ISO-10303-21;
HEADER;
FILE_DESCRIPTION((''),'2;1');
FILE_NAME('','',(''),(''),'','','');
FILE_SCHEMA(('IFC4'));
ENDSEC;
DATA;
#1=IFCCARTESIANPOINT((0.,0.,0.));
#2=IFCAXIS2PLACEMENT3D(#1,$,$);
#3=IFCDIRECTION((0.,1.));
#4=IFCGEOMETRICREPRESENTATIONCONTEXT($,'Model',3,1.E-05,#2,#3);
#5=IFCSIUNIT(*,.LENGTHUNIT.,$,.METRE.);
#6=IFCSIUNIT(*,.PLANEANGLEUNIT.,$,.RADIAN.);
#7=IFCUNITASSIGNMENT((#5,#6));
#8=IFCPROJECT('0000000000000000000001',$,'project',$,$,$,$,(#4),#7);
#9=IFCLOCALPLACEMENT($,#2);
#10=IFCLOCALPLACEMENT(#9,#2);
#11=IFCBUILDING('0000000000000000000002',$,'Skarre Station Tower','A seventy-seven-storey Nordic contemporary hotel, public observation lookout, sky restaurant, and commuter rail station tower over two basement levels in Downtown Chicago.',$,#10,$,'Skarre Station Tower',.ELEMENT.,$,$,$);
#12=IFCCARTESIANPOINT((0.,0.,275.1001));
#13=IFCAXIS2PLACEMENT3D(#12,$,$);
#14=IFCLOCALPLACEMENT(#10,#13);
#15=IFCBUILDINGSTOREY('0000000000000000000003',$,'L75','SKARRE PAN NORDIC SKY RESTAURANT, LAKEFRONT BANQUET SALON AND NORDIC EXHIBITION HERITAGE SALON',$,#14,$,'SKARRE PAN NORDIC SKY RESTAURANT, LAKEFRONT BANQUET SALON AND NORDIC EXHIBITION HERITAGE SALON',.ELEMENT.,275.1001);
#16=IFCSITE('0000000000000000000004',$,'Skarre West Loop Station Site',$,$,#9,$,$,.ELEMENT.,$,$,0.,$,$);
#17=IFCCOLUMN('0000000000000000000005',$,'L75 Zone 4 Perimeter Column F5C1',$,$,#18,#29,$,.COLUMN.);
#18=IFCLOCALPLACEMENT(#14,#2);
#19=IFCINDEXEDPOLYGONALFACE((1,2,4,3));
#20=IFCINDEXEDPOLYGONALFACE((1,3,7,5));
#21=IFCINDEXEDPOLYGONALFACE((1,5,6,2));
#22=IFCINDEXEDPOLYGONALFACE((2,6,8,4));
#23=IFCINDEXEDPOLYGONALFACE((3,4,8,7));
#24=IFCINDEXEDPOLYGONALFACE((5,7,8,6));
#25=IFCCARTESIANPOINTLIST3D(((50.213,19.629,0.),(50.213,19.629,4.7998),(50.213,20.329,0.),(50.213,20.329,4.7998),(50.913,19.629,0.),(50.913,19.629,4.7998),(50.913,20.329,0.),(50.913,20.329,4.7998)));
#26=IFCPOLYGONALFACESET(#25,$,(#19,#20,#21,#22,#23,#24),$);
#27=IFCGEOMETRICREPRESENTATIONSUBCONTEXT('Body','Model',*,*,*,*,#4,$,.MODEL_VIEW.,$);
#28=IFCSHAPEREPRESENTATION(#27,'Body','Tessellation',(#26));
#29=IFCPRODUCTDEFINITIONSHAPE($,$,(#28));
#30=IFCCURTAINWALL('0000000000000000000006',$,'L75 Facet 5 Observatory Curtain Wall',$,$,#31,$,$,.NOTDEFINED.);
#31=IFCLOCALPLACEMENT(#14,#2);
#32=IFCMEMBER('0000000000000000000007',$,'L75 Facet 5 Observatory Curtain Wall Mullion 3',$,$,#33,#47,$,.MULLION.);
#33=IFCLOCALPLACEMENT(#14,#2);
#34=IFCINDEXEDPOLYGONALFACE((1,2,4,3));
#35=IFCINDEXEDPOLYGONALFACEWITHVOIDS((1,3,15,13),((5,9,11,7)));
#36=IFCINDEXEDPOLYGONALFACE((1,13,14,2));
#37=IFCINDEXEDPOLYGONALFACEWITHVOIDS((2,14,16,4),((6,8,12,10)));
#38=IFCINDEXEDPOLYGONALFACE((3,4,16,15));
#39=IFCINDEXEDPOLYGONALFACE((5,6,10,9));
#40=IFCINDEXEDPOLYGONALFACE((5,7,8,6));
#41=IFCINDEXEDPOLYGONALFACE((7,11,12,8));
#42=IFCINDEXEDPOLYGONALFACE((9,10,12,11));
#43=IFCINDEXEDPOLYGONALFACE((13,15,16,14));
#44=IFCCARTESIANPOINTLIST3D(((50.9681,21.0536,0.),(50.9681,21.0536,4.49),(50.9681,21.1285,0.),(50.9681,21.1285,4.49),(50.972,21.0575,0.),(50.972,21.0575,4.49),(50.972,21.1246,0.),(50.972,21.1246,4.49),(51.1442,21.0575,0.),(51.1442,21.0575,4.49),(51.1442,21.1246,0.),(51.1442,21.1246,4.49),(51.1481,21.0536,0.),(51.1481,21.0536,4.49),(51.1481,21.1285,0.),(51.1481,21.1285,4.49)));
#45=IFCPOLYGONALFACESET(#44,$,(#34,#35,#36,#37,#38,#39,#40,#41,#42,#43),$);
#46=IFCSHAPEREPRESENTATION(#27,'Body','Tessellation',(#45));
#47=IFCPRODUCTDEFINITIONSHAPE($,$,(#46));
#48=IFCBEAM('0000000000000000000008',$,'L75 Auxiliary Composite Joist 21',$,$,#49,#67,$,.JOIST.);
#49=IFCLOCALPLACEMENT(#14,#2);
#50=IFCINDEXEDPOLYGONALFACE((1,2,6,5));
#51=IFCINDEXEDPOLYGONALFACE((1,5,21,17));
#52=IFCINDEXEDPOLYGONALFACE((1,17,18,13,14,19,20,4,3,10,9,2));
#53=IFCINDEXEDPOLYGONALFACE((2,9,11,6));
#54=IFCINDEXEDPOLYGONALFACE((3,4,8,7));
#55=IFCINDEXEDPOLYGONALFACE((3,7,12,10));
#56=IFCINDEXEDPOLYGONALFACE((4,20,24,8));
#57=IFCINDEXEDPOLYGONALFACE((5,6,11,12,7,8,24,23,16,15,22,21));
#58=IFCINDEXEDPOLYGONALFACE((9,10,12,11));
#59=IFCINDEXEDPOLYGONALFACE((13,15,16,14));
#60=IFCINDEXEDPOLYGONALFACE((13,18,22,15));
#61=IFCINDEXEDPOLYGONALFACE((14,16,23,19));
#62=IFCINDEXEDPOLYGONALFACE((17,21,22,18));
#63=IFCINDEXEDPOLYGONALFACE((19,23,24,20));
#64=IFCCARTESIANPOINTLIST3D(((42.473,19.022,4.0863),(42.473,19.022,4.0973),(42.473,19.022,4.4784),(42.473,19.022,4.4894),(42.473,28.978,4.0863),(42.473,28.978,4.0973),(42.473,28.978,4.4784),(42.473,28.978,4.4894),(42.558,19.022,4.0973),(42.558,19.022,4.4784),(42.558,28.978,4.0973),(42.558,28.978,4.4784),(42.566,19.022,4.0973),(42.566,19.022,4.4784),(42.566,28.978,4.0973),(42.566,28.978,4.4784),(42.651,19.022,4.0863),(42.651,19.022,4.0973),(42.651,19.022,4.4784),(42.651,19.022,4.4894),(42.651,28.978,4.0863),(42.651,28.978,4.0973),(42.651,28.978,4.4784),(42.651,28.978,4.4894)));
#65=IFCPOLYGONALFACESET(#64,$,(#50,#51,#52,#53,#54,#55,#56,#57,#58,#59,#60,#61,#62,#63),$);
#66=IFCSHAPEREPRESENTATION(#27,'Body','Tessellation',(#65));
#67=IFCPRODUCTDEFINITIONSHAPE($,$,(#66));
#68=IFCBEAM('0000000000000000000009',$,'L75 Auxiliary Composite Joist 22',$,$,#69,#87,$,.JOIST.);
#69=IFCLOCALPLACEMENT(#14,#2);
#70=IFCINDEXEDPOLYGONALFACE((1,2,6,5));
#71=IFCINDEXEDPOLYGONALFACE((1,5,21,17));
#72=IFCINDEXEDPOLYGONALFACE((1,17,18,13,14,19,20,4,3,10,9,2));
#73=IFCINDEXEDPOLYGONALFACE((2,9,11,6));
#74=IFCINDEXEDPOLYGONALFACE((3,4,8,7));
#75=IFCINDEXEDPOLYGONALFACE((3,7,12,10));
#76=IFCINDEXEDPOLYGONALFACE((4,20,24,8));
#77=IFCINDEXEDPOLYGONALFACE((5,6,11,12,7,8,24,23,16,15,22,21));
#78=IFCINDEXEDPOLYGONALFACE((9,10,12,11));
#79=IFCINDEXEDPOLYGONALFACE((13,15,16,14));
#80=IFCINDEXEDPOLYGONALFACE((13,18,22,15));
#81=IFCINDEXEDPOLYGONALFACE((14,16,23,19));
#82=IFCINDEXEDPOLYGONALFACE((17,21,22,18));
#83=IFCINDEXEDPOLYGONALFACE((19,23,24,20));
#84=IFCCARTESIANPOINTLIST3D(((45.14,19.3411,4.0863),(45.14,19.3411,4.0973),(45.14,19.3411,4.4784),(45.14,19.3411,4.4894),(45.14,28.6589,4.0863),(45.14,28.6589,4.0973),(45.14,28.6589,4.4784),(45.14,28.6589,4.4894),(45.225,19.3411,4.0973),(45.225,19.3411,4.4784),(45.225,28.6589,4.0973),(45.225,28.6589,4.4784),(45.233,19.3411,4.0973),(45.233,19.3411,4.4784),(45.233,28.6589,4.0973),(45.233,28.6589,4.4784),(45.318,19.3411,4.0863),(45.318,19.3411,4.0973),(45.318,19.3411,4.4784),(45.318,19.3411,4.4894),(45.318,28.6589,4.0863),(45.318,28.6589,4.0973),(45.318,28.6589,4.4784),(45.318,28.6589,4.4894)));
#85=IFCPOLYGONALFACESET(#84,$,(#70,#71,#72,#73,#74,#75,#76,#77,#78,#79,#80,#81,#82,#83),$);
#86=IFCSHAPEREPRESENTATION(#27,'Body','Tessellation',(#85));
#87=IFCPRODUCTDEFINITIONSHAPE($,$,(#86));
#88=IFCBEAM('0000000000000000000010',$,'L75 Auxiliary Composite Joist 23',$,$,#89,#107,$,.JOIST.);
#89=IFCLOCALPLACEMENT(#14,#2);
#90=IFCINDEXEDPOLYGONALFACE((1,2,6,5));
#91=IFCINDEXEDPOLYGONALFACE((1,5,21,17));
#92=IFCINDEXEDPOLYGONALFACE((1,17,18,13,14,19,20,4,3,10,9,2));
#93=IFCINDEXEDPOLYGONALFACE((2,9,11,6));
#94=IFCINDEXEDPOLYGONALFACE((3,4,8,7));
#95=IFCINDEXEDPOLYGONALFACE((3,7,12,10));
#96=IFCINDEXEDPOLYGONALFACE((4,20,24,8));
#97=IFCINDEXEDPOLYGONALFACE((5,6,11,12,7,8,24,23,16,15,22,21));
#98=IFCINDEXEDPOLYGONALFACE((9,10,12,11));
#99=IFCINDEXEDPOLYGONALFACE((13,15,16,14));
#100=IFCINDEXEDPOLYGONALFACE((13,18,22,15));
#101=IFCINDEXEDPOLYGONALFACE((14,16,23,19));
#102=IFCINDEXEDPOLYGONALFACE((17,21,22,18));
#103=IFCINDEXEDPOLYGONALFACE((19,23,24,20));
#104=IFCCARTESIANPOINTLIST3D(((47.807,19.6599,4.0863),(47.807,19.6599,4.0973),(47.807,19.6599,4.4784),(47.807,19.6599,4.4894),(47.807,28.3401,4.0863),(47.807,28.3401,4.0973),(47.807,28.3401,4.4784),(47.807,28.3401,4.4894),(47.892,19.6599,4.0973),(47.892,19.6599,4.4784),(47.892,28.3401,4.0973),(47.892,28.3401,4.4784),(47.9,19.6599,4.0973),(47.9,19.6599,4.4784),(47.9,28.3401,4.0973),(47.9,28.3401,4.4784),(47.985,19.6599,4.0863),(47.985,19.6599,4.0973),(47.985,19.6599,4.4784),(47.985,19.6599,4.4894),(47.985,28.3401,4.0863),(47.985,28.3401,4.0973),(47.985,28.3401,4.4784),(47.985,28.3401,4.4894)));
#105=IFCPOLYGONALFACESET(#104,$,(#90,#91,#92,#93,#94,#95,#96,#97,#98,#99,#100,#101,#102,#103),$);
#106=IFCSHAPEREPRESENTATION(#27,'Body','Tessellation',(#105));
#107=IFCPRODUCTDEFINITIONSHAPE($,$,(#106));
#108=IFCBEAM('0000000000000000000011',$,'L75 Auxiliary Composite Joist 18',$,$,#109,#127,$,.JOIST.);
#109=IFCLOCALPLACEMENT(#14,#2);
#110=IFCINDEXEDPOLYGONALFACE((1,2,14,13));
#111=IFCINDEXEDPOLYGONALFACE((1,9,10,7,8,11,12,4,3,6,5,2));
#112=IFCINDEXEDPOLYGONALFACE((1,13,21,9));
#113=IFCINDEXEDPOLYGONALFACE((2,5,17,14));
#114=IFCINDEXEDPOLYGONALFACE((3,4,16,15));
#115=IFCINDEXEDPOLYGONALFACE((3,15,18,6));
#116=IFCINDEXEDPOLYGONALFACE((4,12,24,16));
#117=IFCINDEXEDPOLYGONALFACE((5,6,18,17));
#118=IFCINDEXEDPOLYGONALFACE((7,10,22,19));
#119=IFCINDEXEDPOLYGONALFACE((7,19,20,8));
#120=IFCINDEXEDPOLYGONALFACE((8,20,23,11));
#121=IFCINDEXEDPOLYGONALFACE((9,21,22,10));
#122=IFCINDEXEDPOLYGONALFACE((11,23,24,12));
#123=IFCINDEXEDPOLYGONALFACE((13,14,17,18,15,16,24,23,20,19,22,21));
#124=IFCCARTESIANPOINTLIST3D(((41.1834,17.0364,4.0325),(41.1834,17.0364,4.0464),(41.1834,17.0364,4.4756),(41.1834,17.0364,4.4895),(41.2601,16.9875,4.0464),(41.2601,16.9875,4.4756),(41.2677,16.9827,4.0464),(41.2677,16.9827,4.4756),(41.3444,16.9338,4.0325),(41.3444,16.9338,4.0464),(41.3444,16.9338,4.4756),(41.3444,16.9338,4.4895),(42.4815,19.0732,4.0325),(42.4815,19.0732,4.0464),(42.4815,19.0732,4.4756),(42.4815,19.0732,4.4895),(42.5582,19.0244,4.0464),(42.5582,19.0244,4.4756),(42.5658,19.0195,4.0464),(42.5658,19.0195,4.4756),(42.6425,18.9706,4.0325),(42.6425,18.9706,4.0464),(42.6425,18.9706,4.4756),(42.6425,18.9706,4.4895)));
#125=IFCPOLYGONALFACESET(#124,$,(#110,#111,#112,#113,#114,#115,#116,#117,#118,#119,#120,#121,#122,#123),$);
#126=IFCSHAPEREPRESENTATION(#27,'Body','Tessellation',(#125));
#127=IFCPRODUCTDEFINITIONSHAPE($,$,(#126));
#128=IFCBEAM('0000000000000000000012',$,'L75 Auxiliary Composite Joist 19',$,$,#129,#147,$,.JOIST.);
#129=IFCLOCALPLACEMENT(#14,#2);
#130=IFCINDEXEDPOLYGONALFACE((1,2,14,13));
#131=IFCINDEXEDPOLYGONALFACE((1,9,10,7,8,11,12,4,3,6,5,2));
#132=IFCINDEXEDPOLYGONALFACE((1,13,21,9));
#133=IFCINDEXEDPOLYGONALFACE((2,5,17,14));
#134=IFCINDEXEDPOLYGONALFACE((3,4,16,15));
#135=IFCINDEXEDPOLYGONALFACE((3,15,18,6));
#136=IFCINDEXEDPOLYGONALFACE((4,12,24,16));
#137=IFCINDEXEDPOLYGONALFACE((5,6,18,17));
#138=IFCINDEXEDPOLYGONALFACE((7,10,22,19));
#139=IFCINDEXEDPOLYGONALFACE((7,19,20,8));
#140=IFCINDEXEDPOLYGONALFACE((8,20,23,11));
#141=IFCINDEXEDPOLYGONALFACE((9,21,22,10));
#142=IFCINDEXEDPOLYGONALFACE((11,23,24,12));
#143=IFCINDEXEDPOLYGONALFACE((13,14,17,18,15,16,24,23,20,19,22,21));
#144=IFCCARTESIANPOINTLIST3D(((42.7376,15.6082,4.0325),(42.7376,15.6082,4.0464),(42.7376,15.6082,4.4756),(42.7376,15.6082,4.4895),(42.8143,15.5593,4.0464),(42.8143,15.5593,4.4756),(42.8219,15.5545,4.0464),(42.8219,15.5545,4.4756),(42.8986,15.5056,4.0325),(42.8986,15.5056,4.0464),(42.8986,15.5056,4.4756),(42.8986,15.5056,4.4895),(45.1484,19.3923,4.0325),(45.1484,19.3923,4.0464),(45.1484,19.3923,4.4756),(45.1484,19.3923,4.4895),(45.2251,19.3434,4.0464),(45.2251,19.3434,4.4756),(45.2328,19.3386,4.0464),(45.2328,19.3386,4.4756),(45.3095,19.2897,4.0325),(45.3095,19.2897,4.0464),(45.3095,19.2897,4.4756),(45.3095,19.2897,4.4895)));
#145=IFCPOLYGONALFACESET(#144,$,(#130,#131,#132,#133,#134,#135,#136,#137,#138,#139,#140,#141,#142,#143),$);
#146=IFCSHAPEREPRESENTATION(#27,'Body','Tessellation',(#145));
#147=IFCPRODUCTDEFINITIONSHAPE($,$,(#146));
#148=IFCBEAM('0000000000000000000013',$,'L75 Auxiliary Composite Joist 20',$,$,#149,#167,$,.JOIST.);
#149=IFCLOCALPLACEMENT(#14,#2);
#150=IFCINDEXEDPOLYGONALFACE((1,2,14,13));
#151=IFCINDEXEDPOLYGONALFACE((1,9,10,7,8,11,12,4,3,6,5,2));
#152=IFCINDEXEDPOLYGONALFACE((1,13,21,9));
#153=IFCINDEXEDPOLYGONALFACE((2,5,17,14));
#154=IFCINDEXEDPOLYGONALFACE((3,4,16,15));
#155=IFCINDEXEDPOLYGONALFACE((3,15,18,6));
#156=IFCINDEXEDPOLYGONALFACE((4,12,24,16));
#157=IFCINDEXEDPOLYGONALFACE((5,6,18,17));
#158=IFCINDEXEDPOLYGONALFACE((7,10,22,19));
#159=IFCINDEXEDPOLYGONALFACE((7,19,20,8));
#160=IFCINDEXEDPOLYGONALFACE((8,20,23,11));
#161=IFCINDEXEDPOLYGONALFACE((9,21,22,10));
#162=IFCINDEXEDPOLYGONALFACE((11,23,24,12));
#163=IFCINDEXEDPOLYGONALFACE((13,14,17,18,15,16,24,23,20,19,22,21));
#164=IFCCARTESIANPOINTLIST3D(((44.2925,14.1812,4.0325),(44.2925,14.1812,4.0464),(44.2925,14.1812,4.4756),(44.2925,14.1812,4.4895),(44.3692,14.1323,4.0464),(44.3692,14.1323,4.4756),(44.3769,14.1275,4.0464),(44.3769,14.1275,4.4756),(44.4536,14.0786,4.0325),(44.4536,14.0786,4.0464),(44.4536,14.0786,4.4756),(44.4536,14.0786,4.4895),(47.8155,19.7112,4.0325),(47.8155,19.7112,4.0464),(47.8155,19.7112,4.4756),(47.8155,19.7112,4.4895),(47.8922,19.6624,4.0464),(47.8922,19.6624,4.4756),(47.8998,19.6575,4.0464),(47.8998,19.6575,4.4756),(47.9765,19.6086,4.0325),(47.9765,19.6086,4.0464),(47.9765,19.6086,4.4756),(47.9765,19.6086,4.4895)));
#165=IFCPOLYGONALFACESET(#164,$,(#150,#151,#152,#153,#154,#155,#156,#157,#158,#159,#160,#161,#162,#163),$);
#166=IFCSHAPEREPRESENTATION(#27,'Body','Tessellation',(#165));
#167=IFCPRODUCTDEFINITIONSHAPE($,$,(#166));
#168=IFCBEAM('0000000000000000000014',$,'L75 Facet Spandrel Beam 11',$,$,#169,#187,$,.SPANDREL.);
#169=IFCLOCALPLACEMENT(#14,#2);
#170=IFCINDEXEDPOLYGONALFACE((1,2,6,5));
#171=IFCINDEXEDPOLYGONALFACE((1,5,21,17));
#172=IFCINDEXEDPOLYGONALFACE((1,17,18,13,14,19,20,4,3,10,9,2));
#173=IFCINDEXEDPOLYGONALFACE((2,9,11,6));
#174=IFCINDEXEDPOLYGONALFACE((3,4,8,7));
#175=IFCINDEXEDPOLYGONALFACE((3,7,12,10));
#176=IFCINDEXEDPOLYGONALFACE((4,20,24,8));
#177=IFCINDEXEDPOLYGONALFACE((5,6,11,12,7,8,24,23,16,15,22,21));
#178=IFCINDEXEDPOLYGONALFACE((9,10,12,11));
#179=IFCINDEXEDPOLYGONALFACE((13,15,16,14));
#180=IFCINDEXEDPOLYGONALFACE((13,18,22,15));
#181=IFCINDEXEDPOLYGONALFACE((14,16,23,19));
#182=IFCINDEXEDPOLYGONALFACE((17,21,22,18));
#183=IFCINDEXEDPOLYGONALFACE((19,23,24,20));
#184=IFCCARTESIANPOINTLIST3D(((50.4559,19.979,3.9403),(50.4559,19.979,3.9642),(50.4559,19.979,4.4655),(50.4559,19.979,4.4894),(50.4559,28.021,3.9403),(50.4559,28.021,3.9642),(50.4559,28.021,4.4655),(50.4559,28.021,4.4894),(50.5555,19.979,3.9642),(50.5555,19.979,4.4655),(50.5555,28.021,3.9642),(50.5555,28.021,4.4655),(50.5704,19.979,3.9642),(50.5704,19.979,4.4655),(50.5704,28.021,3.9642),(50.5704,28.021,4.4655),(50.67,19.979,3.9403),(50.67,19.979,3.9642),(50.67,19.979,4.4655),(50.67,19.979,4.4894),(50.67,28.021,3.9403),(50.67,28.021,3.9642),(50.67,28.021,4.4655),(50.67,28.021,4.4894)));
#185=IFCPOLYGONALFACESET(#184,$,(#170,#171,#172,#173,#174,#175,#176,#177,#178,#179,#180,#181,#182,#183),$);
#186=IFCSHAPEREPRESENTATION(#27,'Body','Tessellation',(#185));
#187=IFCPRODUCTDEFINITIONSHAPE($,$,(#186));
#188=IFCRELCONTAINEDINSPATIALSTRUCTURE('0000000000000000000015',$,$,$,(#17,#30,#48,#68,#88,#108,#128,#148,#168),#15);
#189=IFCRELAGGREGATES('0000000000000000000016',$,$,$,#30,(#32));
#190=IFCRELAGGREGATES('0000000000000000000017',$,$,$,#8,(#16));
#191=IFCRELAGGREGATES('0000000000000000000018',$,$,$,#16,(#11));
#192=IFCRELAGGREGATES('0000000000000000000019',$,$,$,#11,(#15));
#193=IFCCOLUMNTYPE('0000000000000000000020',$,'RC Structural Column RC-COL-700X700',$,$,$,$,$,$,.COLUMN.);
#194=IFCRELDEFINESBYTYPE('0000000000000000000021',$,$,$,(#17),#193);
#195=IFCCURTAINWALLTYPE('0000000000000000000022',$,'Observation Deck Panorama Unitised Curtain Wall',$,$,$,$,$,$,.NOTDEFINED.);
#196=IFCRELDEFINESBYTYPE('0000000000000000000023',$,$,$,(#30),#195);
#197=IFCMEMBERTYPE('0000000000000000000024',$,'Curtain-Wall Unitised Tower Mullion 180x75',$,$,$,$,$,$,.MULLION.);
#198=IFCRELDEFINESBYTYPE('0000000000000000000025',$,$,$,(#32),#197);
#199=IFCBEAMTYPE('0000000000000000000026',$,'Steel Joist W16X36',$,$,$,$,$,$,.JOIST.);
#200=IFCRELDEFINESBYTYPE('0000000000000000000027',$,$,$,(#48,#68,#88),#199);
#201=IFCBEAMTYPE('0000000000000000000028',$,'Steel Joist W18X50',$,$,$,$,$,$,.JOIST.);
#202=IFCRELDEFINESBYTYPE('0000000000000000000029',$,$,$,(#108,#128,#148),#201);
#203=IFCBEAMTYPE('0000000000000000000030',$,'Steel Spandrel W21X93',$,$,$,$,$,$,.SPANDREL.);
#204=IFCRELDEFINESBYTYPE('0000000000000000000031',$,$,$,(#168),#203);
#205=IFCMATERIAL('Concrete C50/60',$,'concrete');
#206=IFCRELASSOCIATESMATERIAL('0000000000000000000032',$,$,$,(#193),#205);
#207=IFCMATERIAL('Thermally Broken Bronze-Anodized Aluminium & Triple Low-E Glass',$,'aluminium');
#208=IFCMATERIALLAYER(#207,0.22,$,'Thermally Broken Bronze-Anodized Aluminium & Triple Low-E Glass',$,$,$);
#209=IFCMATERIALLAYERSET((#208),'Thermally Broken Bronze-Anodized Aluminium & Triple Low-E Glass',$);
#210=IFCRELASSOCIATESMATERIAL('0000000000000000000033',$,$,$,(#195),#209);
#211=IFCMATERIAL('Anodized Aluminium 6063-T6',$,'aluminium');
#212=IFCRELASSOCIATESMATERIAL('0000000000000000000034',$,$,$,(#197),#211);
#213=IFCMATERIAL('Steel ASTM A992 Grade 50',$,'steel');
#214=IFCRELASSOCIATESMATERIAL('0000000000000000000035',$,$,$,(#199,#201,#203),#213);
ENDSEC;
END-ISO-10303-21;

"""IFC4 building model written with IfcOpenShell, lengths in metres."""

from ifc_helpers import new_model, si_unit, direction, frame, origin, origin_2d, place, context, subcontext, project, spatial, rectangle, hollow_rectangle, i_section, extrude, material, layer, layer_set, material_profile, profile_set, type_object, element, aggregate, save


model = new_model("IFC4")

# Units and contexts
model_context = context("Model", 3, precision=1e-05, world=origin(), true_north=direction((0.0, 1.0)))
body_context = subcontext(model_context, "Body", "Model", "MODEL_VIEW")
ifc_project = project(units=[si_unit("LENGTHUNIT", "METRE"), si_unit("PLANEANGLEUNIT", "RADIAN")], contexts=[model_context])

# Site, building, storey
site_placement = place(None, origin())
site = spatial("IfcSite", under=ifc_project, at=site_placement, Name="Skarre West Loop Station Site", CompositionType="ELEMENT", RefElevation=0.0)
building_placement = place(site_placement, origin())
building = spatial("IfcBuilding", under=site, at=building_placement, Name="Skarre Station Tower", Description="A seventy-seven-storey Nordic contemporary hotel, public observation lookout, sky restaurant, and commuter rail station tower over two basement levels in Downtown Chicago.", LongName="Skarre Station Tower", CompositionType="ELEMENT")
storey_placement = place(building_placement, frame((0.0, 0.0, 275.1001)))
storey = spatial("IfcBuildingStorey", under=building, at=storey_placement, Name="L75", Description="SKARRE PAN NORDIC SKY RESTAURANT, LAKEFRONT BANQUET SALON AND NORDIC EXHIBITION HERITAGE SALON", LongName="SKARRE PAN NORDIC SKY RESTAURANT, LAKEFRONT BANQUET SALON AND NORDIC EXHIBITION HERITAGE SALON", CompositionType="ELEMENT", Elevation=275.1001)

# Column
ifc_material_1 = material(Name="Concrete C50/60", Category="concrete")
ifc_material_profile_1 = material_profile(ifc_material_1, rectangle(XDim=0.7, YDim=0.7, at=origin_2d()), Name="Concrete C50/60")
ifc_profile_set_1 = profile_set([ifc_material_profile_1], Name="Concrete C50/60")
column_type = type_object("IfcColumnType", Name="RC Structural Column RC-COL-700X700", PredefinedType="COLUMN", material=ifc_profile_set_1)
column_placement = place(storey_placement, frame((50.563, 19.979, 0.0), z_axis=(0.0, 0.0, 1.0), x_axis=(1.0, 0.0, 0.0)))
element("IfcColumn", 1, at=column_placement, inside=storey, type_object=column_type, Name="L75 Zone 4 Perimeter Column F5C1", PredefinedType="COLUMN", context=body_context, shape_type="SweptSolid", body=[
    extrude(rectangle(XDim=0.7, YDim=0.7, at=origin_2d()), origin(), (0.0, 0.0, 1.0), 4.7998),
])

# Curtain wall, member
ifc_material_2 = material(Name="Thermally Broken Bronze-Anodized Aluminium & Triple Low-E Glass", Category="aluminium")
ifc_layer_1 = layer(ifc_material_2, 0.22, Name="Thermally Broken Bronze-Anodized Aluminium & Triple Low-E Glass")
ifc_layer_set_1 = layer_set([ifc_layer_1], Name="Thermally Broken Bronze-Anodized Aluminium & Triple Low-E Glass")
curtain_wall_type = type_object("IfcCurtainWallType", Name="Observation Deck Panorama Unitised Curtain Wall", PredefinedType="NOTDEFINED", material=ifc_layer_set_1)
curtain_wall_placement = place(storey_placement, origin())
curtain_wall = element("IfcCurtainWall", 2, at=curtain_wall_placement, inside=storey, type_object=curtain_wall_type, Name="L75 Facet 5 Observatory Curtain Wall", PredefinedType="NOTDEFINED")
ifc_material_3 = material(Name="Anodized Aluminium 6063-T6", Category="aluminium")
ifc_material_profile_2 = material_profile(ifc_material_3, hollow_rectangle(XDim=0.075, YDim=0.1799, WallThickness=0.0039, at=origin_2d()), Name="Anodized Aluminium 6063-T6")
ifc_profile_set_2 = profile_set([ifc_material_profile_2], Name="Anodized Aluminium 6063-T6")
member_type = type_object("IfcMemberType", Name="Curtain-Wall Unitised Tower Mullion 180x75", PredefinedType="MULLION", material=ifc_profile_set_2)
member_placement = place(storey_placement, frame((51.0581, 21.0911, 0.0), z_axis=(0.0, 0.0, 1.0), x_axis=(0.0, -1.0, 0.0)))
member = element("IfcMember", 3, at=member_placement, type_object=member_type, Name="L75 Facet 5 Observatory Curtain Wall Mullion 3", PredefinedType="MULLION", context=body_context, shape_type="SweptSolid", body=[
    extrude(hollow_rectangle(XDim=0.075, YDim=0.1799, WallThickness=0.0039, at=origin_2d()), origin(), (0.0, 0.0, 1.0), 4.49),
])

# Beams
ifc_material_4 = material(Name="Steel ASTM A992 Grade 50", Category="steel")
ifc_material_profile_3 = material_profile(ifc_material_4, i_section(OverallWidth=0.178, OverallDepth=0.4031, WebThickness=0.0081, FlangeThickness=0.011, at=origin_2d()), Name="Steel ASTM A992 Grade 50")
ifc_profile_set_3 = profile_set([ifc_material_profile_3], Name="Steel ASTM A992 Grade 50")
beam_type_1 = type_object("IfcBeamType", Name="Steel Joist W16X36", PredefinedType="JOIST", material=ifc_profile_set_3)
beam_1_placement = place(storey_placement, frame((42.562, 19.022, 4.2878), z_axis=(0.0, 1.0, 0.0), x_axis=(-1.0, 0.0, 0.0)))
element("IfcBeam", 4, at=beam_1_placement, inside=storey, type_object=beam_type_1, Name="L75 Auxiliary Composite Joist 21", PredefinedType="JOIST", context=body_context, shape_type="SweptSolid", body=[
    extrude(i_section(OverallWidth=0.178, OverallDepth=0.4031, WebThickness=0.0081, FlangeThickness=0.011, at=origin_2d()), origin(), (0.0, 0.0, 1.0), 9.9561),
])
beam_2_placement = place(storey_placement, frame((45.229, 19.3411, 4.2878), z_axis=(0.0, 1.0, 0.0), x_axis=(-1.0, 0.0, 0.0)))
element("IfcBeam", 5, at=beam_2_placement, inside=storey, type_object=beam_type_1, Name="L75 Auxiliary Composite Joist 22", PredefinedType="JOIST", context=body_context, shape_type="SweptSolid", body=[
    extrude(i_section(OverallWidth=0.178, OverallDepth=0.4031, WebThickness=0.0081, FlangeThickness=0.011, at=origin_2d()), origin(), (0.0, 0.0, 1.0), 9.3179),
])
beam_3_placement = place(storey_placement, frame((47.896, 19.6599, 4.2878), z_axis=(0.0, 1.0, 0.0), x_axis=(-1.0, 0.0, 0.0)))
element("IfcBeam", 6, at=beam_3_placement, inside=storey, type_object=beam_type_1, Name="L75 Auxiliary Composite Joist 23", PredefinedType="JOIST", context=body_context, shape_type="SweptSolid", body=[
    extrude(i_section(OverallWidth=0.178, OverallDepth=0.4031, WebThickness=0.0081, FlangeThickness=0.011, at=origin_2d()), origin(), (0.0, 0.0, 1.0), 8.6802),
])
ifc_material_profile_4 = material_profile(ifc_material_4, i_section(OverallWidth=0.1909, OverallDepth=0.457, WebThickness=0.009, FlangeThickness=0.0139, at=origin_2d()), Name="Steel ASTM A992 Grade 50")
ifc_profile_set_4 = profile_set([ifc_material_profile_4], Name="Steel ASTM A992 Grade 50")
beam_type_2 = type_object("IfcBeamType", Name="Steel Joist W18X50", PredefinedType="JOIST", material=ifc_profile_set_4)
beam_4_placement = place(storey_placement, frame((41.2639, 16.9851, 4.261), z_axis=(0.537438, 0.843303, 0.0), x_axis=(-0.843303, 0.537438, 0.0)))
element("IfcBeam", 7, at=beam_4_placement, inside=storey, type_object=beam_type_2, Name="L75 Auxiliary Composite Joist 18", PredefinedType="JOIST", context=body_context, shape_type="SweptSolid", body=[
    extrude(i_section(OverallWidth=0.1909, OverallDepth=0.457, WebThickness=0.009, FlangeThickness=0.0139, at=origin_2d()), origin(), (0.0, 0.0, 1.0), 2.4153),
])
beam_5_placement = place(storey_placement, frame((42.8181, 15.5569, 4.261), z_axis=(0.537316, 0.843381, 0.0), x_axis=(-0.843381, 0.537316, 0.0)))
element("IfcBeam", 8, at=beam_5_placement, inside=storey, type_object=beam_type_2, Name="L75 Auxiliary Composite Joist 19", PredefinedType="JOIST", context=body_context, shape_type="SweptSolid", body=[
    extrude(i_section(OverallWidth=0.1909, OverallDepth=0.457, WebThickness=0.009, FlangeThickness=0.0139, at=origin_2d()), origin(), (0.0, 0.0, 1.0), 4.4868),
])
beam_6_placement = place(storey_placement, frame((44.373, 14.1299, 4.261), z_axis=(0.537292, 0.843396, 0.0), x_axis=(-0.843396, 0.537292, 0.0)))
element("IfcBeam", 9, at=beam_6_placement, inside=storey, type_object=beam_type_2, Name="L75 Auxiliary Composite Joist 20", PredefinedType="JOIST", context=body_context, shape_type="SweptSolid", body=[
    extrude(i_section(OverallWidth=0.1909, OverallDepth=0.457, WebThickness=0.009, FlangeThickness=0.0139, at=origin_2d()), origin(), (0.0, 0.0, 1.0), 6.5569),
])
ifc_material_profile_5 = material_profile(ifc_material_4, i_section(OverallWidth=0.2141, OverallDepth=0.5491, WebThickness=0.0149, FlangeThickness=0.0239, at=origin_2d()), Name="Steel ASTM A992 Grade 50")
ifc_profile_set_5 = profile_set([ifc_material_profile_5], Name="Steel ASTM A992 Grade 50")
beam_type_3 = type_object("IfcBeamType", Name="Steel Spandrel W21X93", PredefinedType="SPANDREL", material=ifc_profile_set_5)
beam_7_placement = place(storey_placement, frame((50.563, 19.979, 4.2148), z_axis=(0.0, 1.0, 0.0), x_axis=(-1.0, 0.0, 0.0)))
element("IfcBeam", 10, at=beam_7_placement, inside=storey, type_object=beam_type_3, Name="L75 Facet Spandrel Beam 11", PredefinedType="SPANDREL", context=body_context, shape_type="SweptSolid", body=[
    extrude(i_section(OverallWidth=0.2141, OverallDepth=0.5491, WebThickness=0.0149, FlangeThickness=0.0239, at=origin_2d()), origin(), (0.0, 0.0, 1.0), 8.042),
])

aggregate(curtain_wall, [member])

save(model, "model.ifc")
